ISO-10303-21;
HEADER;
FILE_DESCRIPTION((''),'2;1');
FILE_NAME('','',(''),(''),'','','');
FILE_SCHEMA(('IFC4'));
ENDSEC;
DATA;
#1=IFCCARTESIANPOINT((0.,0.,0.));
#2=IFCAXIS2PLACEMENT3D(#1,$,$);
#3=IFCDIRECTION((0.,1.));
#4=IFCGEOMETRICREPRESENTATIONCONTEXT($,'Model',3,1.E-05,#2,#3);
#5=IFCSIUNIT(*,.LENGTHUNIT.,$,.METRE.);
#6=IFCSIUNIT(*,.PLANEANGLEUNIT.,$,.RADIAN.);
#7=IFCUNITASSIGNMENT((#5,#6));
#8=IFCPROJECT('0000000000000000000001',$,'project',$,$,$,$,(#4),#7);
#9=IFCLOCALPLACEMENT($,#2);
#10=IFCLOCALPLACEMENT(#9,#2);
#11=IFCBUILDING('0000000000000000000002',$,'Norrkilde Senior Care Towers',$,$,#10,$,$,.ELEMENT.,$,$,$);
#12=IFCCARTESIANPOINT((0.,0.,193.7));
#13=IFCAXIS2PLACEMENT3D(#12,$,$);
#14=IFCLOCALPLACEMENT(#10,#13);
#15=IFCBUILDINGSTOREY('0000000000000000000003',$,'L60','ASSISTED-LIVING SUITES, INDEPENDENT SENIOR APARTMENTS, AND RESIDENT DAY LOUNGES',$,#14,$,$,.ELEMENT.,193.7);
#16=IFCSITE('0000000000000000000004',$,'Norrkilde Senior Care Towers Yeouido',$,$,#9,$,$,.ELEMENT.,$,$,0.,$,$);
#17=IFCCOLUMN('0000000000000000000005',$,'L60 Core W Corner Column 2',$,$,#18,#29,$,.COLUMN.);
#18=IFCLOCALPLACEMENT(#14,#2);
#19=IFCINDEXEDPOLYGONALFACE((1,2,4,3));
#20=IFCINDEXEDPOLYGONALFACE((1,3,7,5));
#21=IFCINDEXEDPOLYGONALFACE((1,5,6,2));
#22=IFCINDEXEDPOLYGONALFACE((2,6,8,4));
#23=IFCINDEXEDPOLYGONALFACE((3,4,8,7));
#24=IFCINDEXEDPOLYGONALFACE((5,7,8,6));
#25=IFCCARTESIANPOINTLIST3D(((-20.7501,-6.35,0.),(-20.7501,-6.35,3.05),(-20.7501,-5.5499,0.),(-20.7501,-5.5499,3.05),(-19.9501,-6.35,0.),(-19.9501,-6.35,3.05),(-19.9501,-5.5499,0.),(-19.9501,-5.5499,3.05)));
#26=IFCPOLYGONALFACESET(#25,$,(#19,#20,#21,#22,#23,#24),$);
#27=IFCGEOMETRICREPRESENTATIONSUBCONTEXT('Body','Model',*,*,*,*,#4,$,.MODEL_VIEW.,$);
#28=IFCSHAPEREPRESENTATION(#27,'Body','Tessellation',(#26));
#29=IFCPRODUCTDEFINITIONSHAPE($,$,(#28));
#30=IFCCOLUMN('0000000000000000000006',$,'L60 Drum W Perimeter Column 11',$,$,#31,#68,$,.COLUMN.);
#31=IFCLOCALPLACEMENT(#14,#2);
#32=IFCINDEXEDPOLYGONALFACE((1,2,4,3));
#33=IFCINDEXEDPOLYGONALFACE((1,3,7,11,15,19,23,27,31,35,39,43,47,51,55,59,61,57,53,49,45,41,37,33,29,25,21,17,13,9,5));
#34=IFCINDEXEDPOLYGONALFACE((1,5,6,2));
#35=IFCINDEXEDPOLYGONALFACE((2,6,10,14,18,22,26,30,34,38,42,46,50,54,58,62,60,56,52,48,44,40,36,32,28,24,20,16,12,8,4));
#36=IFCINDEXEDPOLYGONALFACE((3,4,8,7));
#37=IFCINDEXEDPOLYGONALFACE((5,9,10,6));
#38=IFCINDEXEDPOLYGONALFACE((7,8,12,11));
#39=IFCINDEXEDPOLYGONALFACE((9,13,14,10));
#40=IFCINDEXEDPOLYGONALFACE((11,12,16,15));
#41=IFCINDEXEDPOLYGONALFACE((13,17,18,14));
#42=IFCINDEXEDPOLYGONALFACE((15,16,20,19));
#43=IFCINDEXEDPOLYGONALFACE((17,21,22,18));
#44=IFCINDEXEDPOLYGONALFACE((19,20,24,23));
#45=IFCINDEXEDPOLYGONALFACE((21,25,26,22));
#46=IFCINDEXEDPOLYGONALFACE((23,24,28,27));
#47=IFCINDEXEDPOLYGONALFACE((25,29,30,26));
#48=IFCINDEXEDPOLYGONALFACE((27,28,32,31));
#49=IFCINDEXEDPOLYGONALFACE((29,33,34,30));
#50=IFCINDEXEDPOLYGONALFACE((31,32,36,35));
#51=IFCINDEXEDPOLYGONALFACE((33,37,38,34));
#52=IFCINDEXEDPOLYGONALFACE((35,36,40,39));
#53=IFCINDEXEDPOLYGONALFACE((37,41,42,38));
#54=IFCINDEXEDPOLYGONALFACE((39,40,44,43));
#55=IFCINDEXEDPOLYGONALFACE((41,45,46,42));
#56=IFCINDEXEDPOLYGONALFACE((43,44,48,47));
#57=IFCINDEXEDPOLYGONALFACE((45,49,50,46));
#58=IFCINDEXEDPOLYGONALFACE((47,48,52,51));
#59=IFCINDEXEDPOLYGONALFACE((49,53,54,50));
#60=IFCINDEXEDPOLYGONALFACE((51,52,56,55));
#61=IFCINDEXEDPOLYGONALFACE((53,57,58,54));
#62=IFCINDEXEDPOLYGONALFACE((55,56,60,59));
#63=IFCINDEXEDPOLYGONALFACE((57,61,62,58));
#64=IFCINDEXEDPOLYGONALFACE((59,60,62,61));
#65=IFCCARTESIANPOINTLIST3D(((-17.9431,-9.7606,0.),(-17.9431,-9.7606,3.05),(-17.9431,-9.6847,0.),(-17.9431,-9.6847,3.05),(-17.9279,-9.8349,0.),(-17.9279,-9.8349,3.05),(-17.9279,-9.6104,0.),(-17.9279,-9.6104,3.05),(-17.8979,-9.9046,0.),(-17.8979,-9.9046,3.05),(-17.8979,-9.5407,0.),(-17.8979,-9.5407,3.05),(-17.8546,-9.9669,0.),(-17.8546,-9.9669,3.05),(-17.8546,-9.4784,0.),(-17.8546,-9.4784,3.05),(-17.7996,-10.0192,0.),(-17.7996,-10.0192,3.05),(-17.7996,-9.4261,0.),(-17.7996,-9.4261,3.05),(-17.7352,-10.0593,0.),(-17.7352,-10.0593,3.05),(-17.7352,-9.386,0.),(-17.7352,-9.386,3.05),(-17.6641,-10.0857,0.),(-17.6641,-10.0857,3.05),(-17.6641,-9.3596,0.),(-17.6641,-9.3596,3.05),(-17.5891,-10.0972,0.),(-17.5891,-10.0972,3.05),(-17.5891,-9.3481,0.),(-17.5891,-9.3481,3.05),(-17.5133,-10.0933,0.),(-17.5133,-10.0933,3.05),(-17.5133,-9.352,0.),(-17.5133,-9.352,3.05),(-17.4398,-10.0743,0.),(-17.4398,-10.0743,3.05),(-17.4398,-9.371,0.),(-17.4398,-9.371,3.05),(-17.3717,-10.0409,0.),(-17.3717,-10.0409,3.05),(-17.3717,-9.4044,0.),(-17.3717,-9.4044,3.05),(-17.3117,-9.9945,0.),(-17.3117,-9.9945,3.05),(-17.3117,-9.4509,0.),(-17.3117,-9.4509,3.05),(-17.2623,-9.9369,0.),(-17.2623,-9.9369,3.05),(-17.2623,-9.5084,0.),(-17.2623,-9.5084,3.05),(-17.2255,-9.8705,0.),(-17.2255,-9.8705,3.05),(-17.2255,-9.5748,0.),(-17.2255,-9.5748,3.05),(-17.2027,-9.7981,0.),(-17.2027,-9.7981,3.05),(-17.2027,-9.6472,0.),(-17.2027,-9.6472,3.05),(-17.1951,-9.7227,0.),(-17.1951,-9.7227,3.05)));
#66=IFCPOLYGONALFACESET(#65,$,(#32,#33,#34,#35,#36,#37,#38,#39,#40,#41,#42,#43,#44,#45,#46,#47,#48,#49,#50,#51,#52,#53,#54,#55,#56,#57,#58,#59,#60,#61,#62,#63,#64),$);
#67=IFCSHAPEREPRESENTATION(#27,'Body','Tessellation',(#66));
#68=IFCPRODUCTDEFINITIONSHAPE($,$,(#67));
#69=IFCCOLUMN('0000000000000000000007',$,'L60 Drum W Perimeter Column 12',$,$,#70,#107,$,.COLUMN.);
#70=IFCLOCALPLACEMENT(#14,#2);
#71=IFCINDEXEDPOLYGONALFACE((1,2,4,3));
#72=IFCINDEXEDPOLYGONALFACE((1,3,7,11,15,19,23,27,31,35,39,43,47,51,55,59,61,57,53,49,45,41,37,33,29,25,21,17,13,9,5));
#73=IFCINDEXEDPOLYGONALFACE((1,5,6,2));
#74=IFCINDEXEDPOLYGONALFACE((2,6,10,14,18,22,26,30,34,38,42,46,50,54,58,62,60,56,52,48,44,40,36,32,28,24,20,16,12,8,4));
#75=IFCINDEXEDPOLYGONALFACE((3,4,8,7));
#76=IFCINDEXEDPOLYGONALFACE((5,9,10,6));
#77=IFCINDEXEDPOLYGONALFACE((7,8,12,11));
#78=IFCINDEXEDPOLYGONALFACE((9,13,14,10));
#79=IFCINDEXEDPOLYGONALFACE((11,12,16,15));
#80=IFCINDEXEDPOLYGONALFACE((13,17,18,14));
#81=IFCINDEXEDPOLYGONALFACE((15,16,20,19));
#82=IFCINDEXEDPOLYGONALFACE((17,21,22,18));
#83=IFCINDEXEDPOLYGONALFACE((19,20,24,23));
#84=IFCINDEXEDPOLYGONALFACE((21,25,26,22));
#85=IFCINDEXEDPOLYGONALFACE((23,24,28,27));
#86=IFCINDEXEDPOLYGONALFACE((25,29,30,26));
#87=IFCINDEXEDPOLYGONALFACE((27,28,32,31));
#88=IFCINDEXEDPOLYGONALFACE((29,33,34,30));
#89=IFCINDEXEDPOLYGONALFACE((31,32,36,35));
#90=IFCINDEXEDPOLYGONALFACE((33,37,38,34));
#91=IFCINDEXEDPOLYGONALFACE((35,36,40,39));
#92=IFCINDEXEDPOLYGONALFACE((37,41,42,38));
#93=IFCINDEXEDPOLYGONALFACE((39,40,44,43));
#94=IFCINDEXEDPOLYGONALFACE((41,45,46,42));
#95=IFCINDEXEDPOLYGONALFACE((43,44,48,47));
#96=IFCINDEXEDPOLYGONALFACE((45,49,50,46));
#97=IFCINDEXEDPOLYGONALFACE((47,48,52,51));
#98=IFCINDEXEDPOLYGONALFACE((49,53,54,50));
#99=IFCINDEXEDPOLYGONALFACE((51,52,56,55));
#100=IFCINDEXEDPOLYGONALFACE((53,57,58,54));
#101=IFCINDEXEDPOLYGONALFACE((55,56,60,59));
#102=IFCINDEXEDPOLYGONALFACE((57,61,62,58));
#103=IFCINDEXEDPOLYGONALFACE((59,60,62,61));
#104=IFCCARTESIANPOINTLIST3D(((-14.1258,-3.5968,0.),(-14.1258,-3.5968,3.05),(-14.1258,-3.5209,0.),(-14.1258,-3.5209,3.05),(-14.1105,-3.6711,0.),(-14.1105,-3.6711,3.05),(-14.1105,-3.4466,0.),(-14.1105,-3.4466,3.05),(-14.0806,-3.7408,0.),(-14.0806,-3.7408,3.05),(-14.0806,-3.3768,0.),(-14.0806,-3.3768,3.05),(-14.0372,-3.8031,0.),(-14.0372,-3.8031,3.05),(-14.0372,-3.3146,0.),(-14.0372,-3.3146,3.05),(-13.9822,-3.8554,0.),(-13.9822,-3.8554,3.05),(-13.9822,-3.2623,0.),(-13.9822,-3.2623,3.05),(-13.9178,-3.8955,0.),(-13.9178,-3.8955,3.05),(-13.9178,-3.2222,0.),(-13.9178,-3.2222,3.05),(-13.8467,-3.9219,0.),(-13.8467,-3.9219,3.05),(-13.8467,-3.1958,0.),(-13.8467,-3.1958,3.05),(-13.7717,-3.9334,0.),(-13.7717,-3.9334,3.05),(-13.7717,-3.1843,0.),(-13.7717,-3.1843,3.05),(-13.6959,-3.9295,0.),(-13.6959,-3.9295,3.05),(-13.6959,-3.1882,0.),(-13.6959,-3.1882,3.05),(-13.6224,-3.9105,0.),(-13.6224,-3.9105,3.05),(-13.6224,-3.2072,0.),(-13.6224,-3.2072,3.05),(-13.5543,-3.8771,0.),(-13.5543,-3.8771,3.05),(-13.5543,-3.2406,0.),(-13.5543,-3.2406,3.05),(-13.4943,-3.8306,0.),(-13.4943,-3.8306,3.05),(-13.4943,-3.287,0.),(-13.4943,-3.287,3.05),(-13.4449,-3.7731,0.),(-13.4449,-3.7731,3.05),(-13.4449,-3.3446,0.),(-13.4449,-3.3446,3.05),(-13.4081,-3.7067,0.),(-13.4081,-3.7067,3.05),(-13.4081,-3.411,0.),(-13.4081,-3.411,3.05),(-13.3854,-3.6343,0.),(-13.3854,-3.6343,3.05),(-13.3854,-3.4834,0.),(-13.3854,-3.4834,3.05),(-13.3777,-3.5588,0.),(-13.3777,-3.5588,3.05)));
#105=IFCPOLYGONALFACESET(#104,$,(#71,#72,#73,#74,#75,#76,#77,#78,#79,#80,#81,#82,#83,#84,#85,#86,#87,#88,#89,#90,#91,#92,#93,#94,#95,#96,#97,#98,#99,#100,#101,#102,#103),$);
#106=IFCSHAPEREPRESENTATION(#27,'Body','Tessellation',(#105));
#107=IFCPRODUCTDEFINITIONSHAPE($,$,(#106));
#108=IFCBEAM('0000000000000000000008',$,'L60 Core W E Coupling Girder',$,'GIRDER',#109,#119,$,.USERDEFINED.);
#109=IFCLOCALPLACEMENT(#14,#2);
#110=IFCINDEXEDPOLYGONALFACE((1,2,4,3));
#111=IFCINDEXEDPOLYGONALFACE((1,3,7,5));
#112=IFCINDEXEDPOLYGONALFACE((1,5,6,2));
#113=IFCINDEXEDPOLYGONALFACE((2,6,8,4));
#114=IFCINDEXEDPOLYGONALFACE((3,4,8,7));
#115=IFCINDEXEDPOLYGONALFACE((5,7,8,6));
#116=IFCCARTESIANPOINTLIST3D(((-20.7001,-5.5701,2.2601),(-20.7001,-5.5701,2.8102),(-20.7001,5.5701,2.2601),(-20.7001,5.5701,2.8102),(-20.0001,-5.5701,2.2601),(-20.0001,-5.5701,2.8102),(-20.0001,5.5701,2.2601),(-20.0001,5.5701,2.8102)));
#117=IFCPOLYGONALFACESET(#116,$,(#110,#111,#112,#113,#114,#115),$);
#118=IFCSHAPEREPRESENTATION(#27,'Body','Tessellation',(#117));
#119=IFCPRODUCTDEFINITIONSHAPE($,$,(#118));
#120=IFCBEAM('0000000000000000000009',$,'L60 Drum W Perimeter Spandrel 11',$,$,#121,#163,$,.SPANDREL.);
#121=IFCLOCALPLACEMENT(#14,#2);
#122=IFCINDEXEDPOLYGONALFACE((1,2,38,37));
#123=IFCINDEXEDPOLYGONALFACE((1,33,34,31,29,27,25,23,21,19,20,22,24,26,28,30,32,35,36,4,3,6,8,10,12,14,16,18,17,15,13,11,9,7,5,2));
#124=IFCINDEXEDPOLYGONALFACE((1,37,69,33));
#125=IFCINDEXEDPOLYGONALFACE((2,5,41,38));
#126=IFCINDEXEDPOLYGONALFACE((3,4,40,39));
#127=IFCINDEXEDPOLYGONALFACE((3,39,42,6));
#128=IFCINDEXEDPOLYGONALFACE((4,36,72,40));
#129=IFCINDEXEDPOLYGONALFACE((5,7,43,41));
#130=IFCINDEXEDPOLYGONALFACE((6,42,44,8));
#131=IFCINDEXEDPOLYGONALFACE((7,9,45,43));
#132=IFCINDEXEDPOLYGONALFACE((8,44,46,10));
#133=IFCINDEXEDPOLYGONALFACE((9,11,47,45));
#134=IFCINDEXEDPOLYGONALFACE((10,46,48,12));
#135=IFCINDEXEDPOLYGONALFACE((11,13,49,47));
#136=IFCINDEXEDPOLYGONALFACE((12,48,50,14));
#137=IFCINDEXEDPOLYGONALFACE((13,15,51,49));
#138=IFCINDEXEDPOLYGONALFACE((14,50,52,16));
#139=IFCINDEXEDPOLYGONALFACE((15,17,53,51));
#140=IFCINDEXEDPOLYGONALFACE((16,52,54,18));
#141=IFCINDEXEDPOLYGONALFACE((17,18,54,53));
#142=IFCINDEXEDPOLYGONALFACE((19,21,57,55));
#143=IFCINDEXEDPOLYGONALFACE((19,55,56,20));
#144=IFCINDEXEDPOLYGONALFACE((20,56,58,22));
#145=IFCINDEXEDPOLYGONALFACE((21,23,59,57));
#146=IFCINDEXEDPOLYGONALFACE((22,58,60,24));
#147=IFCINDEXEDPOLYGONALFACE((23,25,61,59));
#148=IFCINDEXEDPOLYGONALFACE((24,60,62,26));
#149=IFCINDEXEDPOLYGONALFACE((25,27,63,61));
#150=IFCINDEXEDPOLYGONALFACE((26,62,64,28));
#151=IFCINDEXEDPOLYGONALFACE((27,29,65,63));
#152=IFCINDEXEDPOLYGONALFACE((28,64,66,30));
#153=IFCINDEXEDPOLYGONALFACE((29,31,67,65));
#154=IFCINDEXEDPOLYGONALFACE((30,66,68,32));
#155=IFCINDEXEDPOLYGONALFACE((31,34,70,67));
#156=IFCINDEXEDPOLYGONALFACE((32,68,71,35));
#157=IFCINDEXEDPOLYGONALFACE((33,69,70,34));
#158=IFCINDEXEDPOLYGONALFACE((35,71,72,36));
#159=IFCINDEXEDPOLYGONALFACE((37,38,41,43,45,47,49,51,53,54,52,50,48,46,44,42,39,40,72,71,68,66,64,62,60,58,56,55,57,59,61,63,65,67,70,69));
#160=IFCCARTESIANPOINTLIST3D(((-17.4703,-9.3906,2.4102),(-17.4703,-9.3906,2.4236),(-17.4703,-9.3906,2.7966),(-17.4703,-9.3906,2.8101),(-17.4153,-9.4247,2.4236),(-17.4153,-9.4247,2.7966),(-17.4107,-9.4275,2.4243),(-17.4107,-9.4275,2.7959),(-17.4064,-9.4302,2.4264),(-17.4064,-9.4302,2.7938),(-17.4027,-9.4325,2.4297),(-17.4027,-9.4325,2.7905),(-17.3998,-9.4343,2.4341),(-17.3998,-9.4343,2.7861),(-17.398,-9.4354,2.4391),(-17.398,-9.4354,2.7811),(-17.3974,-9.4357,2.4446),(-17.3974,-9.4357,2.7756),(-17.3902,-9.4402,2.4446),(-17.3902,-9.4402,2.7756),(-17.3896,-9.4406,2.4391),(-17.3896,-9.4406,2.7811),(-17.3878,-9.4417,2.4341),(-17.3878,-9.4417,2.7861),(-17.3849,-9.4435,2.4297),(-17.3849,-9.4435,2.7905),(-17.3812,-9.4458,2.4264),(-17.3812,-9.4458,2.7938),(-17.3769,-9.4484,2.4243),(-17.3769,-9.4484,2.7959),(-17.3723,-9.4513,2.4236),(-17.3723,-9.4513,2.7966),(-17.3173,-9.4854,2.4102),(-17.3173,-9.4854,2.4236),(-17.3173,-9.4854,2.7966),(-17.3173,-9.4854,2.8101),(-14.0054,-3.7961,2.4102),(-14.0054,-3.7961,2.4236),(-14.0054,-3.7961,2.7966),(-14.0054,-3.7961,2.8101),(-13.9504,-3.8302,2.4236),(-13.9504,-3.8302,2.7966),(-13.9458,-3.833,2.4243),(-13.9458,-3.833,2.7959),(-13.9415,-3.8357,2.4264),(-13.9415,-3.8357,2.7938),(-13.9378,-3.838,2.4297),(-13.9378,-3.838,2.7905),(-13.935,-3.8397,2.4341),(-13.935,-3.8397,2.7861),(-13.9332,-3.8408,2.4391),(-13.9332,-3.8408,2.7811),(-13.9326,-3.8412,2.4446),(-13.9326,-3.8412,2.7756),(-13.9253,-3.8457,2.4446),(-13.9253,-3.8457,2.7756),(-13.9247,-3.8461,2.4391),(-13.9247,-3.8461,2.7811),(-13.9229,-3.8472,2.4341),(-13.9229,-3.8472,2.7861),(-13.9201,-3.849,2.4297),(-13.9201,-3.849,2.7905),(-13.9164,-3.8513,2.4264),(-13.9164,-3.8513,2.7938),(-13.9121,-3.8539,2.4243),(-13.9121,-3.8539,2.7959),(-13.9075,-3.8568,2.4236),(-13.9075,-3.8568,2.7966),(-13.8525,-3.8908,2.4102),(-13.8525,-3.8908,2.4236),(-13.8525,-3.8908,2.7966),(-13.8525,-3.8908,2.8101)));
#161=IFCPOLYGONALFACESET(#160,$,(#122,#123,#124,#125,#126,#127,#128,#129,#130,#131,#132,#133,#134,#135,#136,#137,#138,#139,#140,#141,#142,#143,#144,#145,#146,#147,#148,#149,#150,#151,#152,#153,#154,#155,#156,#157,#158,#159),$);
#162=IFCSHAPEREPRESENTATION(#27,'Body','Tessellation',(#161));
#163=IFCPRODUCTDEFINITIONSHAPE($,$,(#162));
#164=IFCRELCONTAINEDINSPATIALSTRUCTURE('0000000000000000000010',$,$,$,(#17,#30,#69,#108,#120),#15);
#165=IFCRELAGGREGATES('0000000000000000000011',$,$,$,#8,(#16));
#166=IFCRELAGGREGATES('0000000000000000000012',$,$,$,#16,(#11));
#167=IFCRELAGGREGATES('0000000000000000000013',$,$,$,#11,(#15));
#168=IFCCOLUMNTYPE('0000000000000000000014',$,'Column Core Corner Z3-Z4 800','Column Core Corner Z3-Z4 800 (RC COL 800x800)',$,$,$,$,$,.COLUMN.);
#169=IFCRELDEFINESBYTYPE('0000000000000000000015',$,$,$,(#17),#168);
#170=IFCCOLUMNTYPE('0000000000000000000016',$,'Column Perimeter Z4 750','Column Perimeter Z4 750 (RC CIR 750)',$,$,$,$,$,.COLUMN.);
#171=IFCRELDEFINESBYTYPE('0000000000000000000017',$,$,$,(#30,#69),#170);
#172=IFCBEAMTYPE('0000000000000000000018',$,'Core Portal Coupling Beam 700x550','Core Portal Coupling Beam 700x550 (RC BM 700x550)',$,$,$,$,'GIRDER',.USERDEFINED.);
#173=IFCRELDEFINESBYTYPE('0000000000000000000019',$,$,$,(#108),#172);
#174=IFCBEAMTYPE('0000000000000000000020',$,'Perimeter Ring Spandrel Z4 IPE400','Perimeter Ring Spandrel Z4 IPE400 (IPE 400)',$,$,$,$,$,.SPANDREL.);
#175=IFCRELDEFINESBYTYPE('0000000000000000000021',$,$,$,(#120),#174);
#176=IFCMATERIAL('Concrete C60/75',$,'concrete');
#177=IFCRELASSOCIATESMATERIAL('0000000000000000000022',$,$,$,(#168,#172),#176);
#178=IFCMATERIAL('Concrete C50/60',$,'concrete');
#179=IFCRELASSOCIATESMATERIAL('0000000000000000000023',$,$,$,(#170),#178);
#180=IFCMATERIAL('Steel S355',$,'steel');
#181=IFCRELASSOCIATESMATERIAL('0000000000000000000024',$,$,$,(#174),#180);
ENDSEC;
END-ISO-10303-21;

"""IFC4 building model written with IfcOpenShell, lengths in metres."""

from ifc_helpers import new_model, si_unit, direction, frame, origin, origin_2d, place, context, subcontext, project, spatial, rectangle, circle, i_section, extrude, source, transform, mapped, material, material_profile, profile_set, type_object, type_shapes, element, save


model = new_model("IFC4")

# Units and contexts
model_context = context("Model", 3, precision=1e-05, world=origin(), true_north=direction((0.0, 1.0)))
body_context = subcontext(model_context, "Body", "Model", "MODEL_VIEW")
ifc_project = project(units=[si_unit("LENGTHUNIT", "METRE"), si_unit("PLANEANGLEUNIT", "RADIAN")], contexts=[model_context])

# Site, building, storey
site_placement = place(None, origin())
site = spatial("IfcSite", under=ifc_project, at=site_placement, Name="Norrkilde Senior Care Towers Yeouido", CompositionType="ELEMENT", RefElevation=0.0)
building_placement = place(site_placement, origin())
building = spatial("IfcBuilding", under=site, at=building_placement, Name="Norrkilde Senior Care Towers", CompositionType="ELEMENT")
storey_placement = place(building_placement, frame((0.0, 0.0, 193.7)))
storey = spatial("IfcBuildingStorey", under=building, at=storey_placement, Name="L60", Description="ASSISTED-LIVING SUITES, INDEPENDENT SENIOR APARTMENTS, AND RESIDENT DAY LOUNGES", CompositionType="ELEMENT", Elevation=193.7)

# Columns
ifc_material_1 = material(Name="Concrete C60/75", Category="concrete")
ifc_material_profile_1 = material_profile(ifc_material_1, rectangle(XDim=0.8, YDim=0.8, at=origin_2d()), Name="RC COL 800x800")
ifc_profile_set_1 = profile_set([ifc_material_profile_1], Name="Concrete C60/75")
column_type_1 = type_object("IfcColumnType", Name="Column Core Corner Z3-Z4 800", Description="Column Core Corner Z3-Z4 800 (RC COL 800x800)", PredefinedType="COLUMN", material=ifc_profile_set_1)
shared_shape_1 = source(origin(), body_context, "Body", "SweptSolid", [
    extrude(rectangle(XDim=0.8, YDim=0.8, at=origin_2d()), origin(), (0.0, 0.0, 1.0), 3.05),
])
type_shapes(column_type_1, [shared_shape_1])
column_placement = place(storey_placement, frame((-20.3501, -5.95, 0.0), z_axis=(0.0, 0.0, 1.0), x_axis=(1.0, 0.0, 0.0)))
element("IfcColumn", 1, at=column_placement, inside=storey, type_object=column_type_1, Name="L60 Core W Corner Column 2", PredefinedType="COLUMN", context=body_context, shape_type="MappedRepresentation", body=[
    mapped(shared_shape_1, transform((0.0, 0.0, 0.0), x_axis=(1.0, 0.0, 0.0), y_axis=(0.0, 1.0, 0.0), z_axis=(0.0, 0.0, 1.0), scale=1.0)),
])
ifc_material_2 = material(Name="Concrete C50/60", Category="concrete")
ifc_material_profile_2 = material_profile(ifc_material_2, circle(Radius=0.375, at=origin_2d()), Name="RC CIR 750")
ifc_profile_set_2 = profile_set([ifc_material_profile_2], Name="Concrete C50/60")
column_type_2 = type_object("IfcColumnType", Name="Column Perimeter Z4 750", Description="Column Perimeter Z4 750 (RC CIR 750)", PredefinedType="COLUMN", material=ifc_profile_set_2)
shared_shape_2 = source(origin(), body_context, "Body", "SweptSolid", [
    extrude(circle(Radius=0.375, at=origin_2d()), origin(), (0.0, 0.0, 1.0), 3.05),
])
type_shapes(column_type_2, [shared_shape_2])
for number, where, z_axis, x_axis, name in (
    (2, (-17.5701, -9.7227, 0.0), (0.0, 0.0, 1.0), (1.0, 0.0, 0.0), "L60 Drum W Perimeter Column 11"),
    (3, (-13.7527, -3.5588, 0.0), (0.0, 0.0, 1.0), (1.0, 0.0, 0.0), "L60 Drum W Perimeter Column 12"),
):
    element("IfcColumn", number, at=place(storey_placement, frame(where, z_axis=z_axis, x_axis=x_axis)), inside=storey, type_object=column_type_2, Name=name, PredefinedType="COLUMN", context=body_context, shape_type="MappedRepresentation", body=[
        mapped(shared_shape_2, transform((0.0, 0.0, 0.0), x_axis=(1.0, 0.0, 0.0), y_axis=(0.0, 1.0, 0.0), z_axis=(0.0, 0.0, 1.0), scale=1.0)),
    ])

# Beams
ifc_material_profile_3 = material_profile(ifc_material_1, rectangle(XDim=0.7, YDim=0.55, at=origin_2d()), Name="RC BM 700x550")
ifc_profile_set_3 = profile_set([ifc_material_profile_3], Name="Concrete C60/75")
beam_type_1 = type_object("IfcBeamType", Name="Core Portal Coupling Beam 700x550", Description="Core Portal Coupling Beam 700x550 (RC BM 700x550)", ElementType="GIRDER", PredefinedType="USERDEFINED", material=ifc_profile_set_3)
shared_shape_3 = source(origin(), body_context, "Body", "SweptSolid", [
    extrude(rectangle(XDim=0.7, YDim=0.55, at=origin_2d()), origin(), (0.0, 0.0, 1.0), 11.1401),
])
type_shapes(beam_type_1, [shared_shape_3])
beam_1_placement = place(storey_placement, frame((-20.3501, -5.5701, 2.5352), z_axis=(0.0, 1.0, 0.0), x_axis=(-1.0, 0.0, 0.0)))
element("IfcBeam", 4, at=beam_1_placement, inside=storey, type_object=beam_type_1, Name="L60 Core W E Coupling Girder", ObjectType="GIRDER", PredefinedType="USERDEFINED", context=body_context, shape_type="MappedRepresentation", body=[
    mapped(shared_shape_3, transform((0.0, 0.0, 0.0), x_axis=(1.0, 0.0, 0.0), y_axis=(0.0, 1.0, 0.0), z_axis=(0.0, 0.0, 1.0), scale=1.0)),
])
ifc_material_3 = material(Name="Steel S355", Category="steel")
ifc_material_profile_4 = material_profile(ifc_material_3, i_section(OverallWidth=0.1799, OverallDepth=0.3999, WebThickness=0.0085, FlangeThickness=0.0134, FilletRadius=0.021, at=origin_2d()), Name="IPE 400")
ifc_profile_set_4 = profile_set([ifc_material_profile_4], Name="Steel S355")
beam_type_2 = type_object("IfcBeamType", Name="Perimeter Ring Spandrel Z4 IPE400", Description="Perimeter Ring Spandrel Z4 IPE400 (IPE 400)", PredefinedType="SPANDREL", material=ifc_profile_set_4)
shared_shape_4 = source(origin(), body_context, "Body", "SweptSolid", [
    extrude(i_section(OverallWidth=0.1799, OverallDepth=0.3999, WebThickness=0.0085, FlangeThickness=0.0134, FilletRadius=0.021, at=origin_2d()), origin(), (0.0, 0.0, 1.0), 6.5806),
])
beam_2_placement = place(storey_placement, frame((-17.3938, -9.438, 2.6101), z_axis=(0.52653, 0.850157, 0.0), x_axis=(-0.850157, 0.52653, 0.0)))
element("IfcBeam", 5, at=beam_2_placement, inside=storey, type_object=beam_type_2, Name="L60 Drum W Perimeter Spandrel 11", PredefinedType="SPANDREL", context=body_context, shape_type="MappedRepresentation", body=[
    mapped(shared_shape_4, transform((0.0, 0.0, 0.0), x_axis=(1.0, 0.0, 0.0), y_axis=(0.0, 1.0, 0.0), z_axis=(0.0, 0.0, 1.0), scale=1.0)),
])

save(model, "model.ifc")
